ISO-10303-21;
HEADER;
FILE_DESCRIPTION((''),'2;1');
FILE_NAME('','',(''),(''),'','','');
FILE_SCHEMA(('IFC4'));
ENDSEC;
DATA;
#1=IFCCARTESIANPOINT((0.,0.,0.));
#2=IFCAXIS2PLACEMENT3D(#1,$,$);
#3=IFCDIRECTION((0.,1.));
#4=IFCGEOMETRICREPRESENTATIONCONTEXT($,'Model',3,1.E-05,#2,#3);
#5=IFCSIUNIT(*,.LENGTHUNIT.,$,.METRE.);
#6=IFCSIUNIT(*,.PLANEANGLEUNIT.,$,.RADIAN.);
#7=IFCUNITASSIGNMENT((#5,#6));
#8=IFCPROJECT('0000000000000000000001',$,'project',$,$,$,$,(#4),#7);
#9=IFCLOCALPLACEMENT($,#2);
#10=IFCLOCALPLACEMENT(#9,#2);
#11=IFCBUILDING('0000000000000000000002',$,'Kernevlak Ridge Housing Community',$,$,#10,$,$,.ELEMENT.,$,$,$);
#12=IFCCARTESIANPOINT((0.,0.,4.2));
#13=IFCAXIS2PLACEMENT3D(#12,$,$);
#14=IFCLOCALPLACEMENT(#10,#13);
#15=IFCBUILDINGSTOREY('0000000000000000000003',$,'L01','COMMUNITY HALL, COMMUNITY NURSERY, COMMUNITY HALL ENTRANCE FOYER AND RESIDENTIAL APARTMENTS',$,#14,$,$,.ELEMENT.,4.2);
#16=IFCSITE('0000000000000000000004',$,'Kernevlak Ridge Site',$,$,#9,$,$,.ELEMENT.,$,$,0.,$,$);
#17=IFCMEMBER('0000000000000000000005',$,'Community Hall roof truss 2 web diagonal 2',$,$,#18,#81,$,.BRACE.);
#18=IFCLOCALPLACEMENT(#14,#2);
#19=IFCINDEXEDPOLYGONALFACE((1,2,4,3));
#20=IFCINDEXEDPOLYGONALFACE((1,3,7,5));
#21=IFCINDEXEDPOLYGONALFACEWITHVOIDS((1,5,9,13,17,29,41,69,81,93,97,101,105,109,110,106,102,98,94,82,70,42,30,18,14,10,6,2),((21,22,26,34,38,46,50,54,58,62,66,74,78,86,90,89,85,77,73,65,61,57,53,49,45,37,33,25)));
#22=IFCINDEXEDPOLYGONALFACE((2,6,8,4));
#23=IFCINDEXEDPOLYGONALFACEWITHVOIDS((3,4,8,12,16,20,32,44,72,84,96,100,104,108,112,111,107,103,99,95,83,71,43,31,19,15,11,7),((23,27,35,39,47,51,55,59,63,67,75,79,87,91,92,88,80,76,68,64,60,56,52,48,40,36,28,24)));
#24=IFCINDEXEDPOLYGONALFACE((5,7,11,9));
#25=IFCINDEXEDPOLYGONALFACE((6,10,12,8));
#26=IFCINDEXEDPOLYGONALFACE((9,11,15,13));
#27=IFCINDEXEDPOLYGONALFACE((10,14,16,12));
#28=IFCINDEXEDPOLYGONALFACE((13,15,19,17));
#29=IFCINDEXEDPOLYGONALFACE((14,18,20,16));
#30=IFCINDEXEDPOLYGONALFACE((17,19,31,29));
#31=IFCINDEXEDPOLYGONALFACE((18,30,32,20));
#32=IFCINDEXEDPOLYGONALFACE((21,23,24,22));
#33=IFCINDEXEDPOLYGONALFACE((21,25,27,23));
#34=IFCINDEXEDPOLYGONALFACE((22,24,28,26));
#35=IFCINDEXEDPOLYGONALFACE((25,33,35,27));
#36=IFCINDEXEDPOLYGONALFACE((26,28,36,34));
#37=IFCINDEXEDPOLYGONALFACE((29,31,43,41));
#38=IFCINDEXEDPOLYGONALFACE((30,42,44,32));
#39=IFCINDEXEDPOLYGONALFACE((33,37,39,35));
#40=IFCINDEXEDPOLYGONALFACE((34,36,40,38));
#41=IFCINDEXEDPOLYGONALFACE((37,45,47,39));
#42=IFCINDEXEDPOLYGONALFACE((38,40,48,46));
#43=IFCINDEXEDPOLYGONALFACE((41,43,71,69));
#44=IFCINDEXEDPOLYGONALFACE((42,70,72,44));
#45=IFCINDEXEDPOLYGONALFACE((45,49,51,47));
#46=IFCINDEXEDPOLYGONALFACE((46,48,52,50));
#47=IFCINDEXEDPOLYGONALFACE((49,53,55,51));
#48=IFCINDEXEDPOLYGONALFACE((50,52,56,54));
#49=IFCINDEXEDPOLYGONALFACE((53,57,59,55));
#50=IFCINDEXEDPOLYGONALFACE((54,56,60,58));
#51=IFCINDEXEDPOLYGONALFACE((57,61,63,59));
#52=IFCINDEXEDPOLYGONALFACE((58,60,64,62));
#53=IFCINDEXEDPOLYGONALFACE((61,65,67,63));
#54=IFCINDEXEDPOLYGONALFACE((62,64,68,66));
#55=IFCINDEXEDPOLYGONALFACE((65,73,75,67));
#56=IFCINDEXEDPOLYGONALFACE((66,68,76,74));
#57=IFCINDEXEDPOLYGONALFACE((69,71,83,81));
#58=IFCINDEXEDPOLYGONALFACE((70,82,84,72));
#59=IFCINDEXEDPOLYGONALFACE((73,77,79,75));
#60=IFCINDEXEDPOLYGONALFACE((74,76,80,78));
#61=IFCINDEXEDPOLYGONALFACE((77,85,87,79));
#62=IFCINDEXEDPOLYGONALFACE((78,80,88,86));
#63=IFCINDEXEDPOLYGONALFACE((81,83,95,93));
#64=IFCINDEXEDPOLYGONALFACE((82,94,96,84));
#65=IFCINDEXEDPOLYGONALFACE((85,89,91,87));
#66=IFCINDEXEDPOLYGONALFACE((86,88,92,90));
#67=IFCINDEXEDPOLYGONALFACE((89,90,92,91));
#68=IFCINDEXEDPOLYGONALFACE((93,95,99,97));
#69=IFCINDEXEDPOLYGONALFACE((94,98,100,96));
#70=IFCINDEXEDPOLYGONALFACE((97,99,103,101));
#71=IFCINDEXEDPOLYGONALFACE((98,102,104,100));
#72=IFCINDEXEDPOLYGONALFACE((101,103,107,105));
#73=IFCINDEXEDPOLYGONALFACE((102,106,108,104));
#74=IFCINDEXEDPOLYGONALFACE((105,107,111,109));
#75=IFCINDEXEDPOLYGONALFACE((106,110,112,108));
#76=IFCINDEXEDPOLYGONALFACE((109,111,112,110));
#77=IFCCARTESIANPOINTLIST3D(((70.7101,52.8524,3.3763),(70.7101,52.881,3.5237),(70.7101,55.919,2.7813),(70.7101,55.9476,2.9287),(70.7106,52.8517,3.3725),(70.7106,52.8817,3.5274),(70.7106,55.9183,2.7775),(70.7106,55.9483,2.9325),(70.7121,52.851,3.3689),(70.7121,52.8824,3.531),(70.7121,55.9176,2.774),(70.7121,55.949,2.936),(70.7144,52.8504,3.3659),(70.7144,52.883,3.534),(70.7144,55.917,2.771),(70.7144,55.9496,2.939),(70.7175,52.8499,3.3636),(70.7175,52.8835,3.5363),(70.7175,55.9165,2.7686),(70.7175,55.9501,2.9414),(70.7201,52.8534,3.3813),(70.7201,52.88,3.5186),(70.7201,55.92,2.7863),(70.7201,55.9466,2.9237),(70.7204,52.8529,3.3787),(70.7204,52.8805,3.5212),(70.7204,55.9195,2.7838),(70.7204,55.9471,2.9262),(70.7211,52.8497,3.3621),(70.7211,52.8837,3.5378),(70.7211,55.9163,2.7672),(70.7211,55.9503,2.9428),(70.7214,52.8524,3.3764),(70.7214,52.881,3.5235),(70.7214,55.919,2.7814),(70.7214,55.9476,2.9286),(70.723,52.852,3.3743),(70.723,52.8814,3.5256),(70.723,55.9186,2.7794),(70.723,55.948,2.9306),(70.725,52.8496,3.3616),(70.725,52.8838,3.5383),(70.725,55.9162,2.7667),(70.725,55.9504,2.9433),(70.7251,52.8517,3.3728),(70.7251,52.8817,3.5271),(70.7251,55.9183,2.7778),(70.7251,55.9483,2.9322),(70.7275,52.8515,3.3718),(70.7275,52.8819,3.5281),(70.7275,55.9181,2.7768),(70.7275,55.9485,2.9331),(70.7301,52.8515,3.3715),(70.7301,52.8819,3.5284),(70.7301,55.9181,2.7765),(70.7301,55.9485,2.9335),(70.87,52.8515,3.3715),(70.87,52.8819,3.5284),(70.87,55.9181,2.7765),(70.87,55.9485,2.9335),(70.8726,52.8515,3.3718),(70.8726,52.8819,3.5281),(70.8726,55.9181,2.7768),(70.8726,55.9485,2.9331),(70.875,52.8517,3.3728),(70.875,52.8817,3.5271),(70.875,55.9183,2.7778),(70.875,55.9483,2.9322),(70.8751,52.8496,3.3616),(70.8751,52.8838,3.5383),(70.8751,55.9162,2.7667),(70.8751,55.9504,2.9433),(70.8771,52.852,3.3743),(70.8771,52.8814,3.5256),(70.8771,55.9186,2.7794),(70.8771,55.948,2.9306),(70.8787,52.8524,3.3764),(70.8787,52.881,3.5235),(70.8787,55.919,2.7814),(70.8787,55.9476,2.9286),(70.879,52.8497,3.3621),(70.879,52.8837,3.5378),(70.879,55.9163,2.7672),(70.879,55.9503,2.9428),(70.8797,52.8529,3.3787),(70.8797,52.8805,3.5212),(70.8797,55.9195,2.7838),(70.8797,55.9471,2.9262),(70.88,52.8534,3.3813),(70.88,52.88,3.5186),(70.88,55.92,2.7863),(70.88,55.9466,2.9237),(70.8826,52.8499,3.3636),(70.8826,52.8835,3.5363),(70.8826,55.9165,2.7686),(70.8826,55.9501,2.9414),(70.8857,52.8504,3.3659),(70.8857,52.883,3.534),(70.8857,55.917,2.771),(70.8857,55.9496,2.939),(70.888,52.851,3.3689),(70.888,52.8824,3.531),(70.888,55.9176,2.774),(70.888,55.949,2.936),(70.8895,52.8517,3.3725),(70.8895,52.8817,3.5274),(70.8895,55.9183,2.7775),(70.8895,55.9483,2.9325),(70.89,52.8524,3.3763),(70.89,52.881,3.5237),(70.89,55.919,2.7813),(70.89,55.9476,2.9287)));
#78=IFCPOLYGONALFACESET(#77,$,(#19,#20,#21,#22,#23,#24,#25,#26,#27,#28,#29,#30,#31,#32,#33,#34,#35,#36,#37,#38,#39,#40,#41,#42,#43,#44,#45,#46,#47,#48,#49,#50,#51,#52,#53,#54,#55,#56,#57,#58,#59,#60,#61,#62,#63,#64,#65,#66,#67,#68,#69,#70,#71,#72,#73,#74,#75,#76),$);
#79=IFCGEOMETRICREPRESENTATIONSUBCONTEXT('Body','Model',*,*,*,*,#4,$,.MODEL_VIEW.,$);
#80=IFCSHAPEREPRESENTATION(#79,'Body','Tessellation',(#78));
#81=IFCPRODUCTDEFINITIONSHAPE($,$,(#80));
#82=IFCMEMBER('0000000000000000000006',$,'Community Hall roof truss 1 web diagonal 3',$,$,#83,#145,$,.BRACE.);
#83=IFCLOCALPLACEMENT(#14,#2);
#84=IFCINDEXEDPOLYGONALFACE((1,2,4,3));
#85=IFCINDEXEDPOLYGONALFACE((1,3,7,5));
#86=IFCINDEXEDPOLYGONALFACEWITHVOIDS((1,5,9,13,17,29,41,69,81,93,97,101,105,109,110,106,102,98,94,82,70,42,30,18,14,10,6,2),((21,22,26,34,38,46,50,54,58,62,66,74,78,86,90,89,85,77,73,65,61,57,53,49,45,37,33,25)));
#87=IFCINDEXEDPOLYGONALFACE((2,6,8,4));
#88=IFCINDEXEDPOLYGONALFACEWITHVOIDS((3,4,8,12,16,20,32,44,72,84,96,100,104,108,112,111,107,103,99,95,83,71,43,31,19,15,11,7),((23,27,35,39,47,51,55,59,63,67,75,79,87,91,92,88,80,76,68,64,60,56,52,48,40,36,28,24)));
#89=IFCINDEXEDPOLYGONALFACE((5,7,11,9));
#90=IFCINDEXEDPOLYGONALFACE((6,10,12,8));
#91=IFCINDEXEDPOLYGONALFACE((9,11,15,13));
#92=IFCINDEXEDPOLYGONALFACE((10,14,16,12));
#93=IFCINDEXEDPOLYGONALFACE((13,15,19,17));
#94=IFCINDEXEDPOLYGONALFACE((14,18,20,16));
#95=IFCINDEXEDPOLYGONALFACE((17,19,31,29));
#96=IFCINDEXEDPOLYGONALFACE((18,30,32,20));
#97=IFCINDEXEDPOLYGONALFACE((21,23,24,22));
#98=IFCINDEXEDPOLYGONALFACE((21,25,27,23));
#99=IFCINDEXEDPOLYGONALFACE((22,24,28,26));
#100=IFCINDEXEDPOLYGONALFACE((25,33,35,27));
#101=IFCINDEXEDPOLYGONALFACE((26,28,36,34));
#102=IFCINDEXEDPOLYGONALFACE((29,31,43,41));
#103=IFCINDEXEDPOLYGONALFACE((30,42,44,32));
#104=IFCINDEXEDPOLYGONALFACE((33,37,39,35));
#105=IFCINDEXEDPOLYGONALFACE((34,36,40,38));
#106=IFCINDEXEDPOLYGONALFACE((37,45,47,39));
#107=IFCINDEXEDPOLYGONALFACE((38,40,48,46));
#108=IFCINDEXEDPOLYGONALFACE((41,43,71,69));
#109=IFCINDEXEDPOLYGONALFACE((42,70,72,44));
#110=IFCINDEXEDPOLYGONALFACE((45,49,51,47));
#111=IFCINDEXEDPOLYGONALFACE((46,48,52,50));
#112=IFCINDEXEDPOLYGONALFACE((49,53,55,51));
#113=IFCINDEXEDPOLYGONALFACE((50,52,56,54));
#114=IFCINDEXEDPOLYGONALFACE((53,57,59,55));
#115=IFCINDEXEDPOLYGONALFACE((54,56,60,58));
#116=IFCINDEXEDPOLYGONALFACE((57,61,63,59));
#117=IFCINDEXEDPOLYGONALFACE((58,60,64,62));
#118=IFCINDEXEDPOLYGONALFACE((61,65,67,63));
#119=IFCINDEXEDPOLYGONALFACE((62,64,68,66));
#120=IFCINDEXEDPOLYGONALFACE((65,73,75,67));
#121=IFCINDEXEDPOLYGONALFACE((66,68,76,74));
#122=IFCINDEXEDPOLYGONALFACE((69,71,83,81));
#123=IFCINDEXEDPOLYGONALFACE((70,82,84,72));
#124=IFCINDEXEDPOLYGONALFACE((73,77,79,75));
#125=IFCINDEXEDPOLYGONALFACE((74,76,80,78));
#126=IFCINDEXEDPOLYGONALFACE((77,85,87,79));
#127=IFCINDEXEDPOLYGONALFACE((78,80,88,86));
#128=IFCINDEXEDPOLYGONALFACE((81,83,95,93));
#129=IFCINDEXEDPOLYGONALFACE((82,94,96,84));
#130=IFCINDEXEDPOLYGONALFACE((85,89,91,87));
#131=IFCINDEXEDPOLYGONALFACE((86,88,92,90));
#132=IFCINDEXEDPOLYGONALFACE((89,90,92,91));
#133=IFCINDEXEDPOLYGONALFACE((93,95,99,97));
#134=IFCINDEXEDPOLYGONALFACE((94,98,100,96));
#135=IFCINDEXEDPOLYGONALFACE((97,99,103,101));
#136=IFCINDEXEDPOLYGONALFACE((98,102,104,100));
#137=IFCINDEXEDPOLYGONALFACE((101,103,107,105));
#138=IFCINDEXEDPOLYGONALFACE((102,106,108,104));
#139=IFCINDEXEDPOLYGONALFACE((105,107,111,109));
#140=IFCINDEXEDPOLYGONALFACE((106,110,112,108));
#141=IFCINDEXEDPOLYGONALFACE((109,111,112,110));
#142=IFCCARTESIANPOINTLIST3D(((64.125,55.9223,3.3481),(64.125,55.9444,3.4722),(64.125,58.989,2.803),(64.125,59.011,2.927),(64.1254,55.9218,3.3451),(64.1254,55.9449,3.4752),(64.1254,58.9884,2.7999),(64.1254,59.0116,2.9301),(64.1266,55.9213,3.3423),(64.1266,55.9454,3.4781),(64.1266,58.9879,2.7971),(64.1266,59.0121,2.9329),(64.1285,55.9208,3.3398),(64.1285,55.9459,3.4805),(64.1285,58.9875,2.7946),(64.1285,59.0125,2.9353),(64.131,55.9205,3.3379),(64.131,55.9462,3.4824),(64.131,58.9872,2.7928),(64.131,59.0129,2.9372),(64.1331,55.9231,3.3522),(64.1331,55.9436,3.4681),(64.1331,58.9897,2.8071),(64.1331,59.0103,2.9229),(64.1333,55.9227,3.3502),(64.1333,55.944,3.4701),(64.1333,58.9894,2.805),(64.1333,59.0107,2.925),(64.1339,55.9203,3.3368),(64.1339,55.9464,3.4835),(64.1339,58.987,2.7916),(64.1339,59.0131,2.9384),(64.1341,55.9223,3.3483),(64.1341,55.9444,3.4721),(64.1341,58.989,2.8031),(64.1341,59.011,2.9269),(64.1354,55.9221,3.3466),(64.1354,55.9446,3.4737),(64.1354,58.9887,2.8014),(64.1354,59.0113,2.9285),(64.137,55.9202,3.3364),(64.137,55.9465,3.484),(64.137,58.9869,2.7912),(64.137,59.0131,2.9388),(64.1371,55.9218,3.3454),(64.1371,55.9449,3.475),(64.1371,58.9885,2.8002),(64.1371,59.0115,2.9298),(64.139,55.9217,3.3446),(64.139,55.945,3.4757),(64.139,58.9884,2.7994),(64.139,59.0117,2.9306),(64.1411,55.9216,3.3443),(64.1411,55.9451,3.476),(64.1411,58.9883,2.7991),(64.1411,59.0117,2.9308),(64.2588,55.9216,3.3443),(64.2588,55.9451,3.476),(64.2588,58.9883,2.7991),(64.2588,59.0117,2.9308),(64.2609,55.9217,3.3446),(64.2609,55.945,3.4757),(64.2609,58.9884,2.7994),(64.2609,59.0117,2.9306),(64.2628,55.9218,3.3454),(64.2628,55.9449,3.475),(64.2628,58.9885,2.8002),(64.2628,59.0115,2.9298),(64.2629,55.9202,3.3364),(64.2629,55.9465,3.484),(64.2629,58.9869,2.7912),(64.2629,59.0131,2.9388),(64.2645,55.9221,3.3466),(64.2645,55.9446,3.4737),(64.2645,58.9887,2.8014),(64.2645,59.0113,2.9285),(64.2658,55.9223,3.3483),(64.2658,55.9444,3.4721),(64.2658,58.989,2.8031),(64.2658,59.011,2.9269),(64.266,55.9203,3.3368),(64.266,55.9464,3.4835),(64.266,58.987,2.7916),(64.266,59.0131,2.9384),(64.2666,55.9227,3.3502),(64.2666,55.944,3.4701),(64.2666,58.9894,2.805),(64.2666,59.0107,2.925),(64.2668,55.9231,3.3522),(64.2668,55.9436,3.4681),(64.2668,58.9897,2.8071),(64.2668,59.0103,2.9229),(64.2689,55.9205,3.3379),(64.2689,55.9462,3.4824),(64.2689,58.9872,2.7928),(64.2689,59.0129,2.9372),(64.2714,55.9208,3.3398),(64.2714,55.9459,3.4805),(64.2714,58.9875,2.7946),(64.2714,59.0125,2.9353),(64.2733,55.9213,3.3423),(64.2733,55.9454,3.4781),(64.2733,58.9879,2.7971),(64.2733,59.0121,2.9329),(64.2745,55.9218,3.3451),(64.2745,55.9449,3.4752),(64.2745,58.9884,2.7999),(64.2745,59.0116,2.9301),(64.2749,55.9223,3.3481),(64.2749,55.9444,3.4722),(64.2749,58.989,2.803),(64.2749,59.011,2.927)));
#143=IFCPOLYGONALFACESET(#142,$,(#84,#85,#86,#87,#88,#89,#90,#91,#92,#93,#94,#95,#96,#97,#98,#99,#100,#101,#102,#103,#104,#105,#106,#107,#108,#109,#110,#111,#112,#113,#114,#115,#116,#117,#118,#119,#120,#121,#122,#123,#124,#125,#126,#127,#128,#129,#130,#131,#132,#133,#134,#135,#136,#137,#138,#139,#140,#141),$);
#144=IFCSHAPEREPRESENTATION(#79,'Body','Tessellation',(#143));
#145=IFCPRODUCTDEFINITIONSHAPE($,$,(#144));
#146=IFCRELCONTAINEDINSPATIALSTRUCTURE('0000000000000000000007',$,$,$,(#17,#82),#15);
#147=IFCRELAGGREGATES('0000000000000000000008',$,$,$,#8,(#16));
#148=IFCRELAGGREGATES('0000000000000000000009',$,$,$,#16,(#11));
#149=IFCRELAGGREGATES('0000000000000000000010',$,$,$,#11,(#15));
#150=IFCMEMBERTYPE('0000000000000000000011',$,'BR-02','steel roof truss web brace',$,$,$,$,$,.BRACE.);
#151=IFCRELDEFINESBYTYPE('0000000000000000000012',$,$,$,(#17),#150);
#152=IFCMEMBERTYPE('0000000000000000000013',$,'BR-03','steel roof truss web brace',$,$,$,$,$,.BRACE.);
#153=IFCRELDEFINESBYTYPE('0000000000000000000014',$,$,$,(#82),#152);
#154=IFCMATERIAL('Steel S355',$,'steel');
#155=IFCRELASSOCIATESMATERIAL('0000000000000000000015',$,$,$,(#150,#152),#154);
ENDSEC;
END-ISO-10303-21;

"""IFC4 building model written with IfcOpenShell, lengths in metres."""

from ifc_helpers import new_model, si_unit, direction, frame, origin, origin_2d, place, context, subcontext, project, spatial, hollow_rectangle, extrude, material, material_profile, profile_set, type_object, element, save


model = new_model("IFC4")

# Units and contexts
model_context = context("Model", 3, precision=1e-05, world=origin(), true_north=direction((0.0, 1.0)))
body_context = subcontext(model_context, "Body", "Model", "MODEL_VIEW")
ifc_project = project(units=[si_unit("LENGTHUNIT", "METRE"), si_unit("PLANEANGLEUNIT", "RADIAN")], contexts=[model_context])

# Site, building, storey
site_placement = place(None, origin())
site = spatial("IfcSite", under=ifc_project, at=site_placement, Name="Kernevlak Ridge Site", CompositionType="ELEMENT", RefElevation=0.0)
building_placement = place(site_placement, origin())
building = spatial("IfcBuilding", under=site, at=building_placement, Name="Kernevlak Ridge Housing Community", CompositionType="ELEMENT")
storey_placement = place(building_placement, frame((0.0, 0.0, 4.2)))
storey = spatial("IfcBuildingStorey", under=building, at=storey_placement, Name="L01", Description="COMMUNITY HALL, COMMUNITY NURSERY, COMMUNITY HALL ENTRANCE FOYER AND RESIDENTIAL APARTMENTS", CompositionType="ELEMENT", Elevation=4.2)

# Members
ifc_material_1 = material(Name="Steel S355", Category="steel")
ifc_material_profile_1 = material_profile(ifc_material_1, hollow_rectangle(XDim=0.1799, YDim=0.1799, WallThickness=0.01, InnerFilletRadius=0.01, OuterFilletRadius=0.0149, at=origin_2d()), Name="SHS 180x180x10")
ifc_profile_set_1 = profile_set([ifc_material_profile_1], Name="Steel S355")
member_type_1 = type_object("IfcMemberType", Name="BR-02", Description="steel roof truss web brace", PredefinedType="BRACE", material=ifc_profile_set_1)
member_1_placement = place(storey_placement, frame((70.8, 52.8667, 3.45), z_axis=(0.0, 0.981695, -0.190462), x_axis=(-1.0, 0.0, 0.0)))
element("IfcMember", 1, at=member_1_placement, inside=storey, type_object=member_type_1, Name="Community Hall roof truss 2 web diagonal 2", PredefinedType="BRACE", context=body_context, shape_type="SweptSolid", body=[
    extrude(hollow_rectangle(XDim=0.1799, YDim=0.1799, WallThickness=0.01, InnerFilletRadius=0.01, OuterFilletRadius=0.0149, at=origin_2d()), origin(), (0.0, 0.0, 1.0), 3.1238),
])
ifc_material_profile_2 = material_profile(ifc_material_1, hollow_rectangle(XDim=0.1499, YDim=0.1499, WallThickness=0.0081, InnerFilletRadius=0.0081, OuterFilletRadius=0.012, at=origin_2d()), Name="SHS 150x150x8")
ifc_profile_set_2 = profile_set([ifc_material_profile_2], Name="Steel S355")
member_type_2 = type_object("IfcMemberType", Name="BR-03", Description="steel roof truss web brace", PredefinedType="BRACE", material=ifc_profile_set_2)
member_2_placement = place(storey_placement, frame((64.2, 55.9333, 3.4102), z_axis=(0.0, 0.984563, -0.175028), x_axis=(-1.0, 0.0, 0.0)))
element("IfcMember", 2, at=member_2_placement, inside=storey, type_object=member_type_2, Name="Community Hall roof truss 1 web diagonal 3", PredefinedType="BRACE", context=body_context, shape_type="SweptSolid", body=[
    extrude(hollow_rectangle(XDim=0.1499, YDim=0.1499, WallThickness=0.0081, InnerFilletRadius=0.0081, OuterFilletRadius=0.012, at=origin_2d()), origin(), (0.0, 0.0, 1.0), 3.1147),
])

save(model, "model.ifc")
